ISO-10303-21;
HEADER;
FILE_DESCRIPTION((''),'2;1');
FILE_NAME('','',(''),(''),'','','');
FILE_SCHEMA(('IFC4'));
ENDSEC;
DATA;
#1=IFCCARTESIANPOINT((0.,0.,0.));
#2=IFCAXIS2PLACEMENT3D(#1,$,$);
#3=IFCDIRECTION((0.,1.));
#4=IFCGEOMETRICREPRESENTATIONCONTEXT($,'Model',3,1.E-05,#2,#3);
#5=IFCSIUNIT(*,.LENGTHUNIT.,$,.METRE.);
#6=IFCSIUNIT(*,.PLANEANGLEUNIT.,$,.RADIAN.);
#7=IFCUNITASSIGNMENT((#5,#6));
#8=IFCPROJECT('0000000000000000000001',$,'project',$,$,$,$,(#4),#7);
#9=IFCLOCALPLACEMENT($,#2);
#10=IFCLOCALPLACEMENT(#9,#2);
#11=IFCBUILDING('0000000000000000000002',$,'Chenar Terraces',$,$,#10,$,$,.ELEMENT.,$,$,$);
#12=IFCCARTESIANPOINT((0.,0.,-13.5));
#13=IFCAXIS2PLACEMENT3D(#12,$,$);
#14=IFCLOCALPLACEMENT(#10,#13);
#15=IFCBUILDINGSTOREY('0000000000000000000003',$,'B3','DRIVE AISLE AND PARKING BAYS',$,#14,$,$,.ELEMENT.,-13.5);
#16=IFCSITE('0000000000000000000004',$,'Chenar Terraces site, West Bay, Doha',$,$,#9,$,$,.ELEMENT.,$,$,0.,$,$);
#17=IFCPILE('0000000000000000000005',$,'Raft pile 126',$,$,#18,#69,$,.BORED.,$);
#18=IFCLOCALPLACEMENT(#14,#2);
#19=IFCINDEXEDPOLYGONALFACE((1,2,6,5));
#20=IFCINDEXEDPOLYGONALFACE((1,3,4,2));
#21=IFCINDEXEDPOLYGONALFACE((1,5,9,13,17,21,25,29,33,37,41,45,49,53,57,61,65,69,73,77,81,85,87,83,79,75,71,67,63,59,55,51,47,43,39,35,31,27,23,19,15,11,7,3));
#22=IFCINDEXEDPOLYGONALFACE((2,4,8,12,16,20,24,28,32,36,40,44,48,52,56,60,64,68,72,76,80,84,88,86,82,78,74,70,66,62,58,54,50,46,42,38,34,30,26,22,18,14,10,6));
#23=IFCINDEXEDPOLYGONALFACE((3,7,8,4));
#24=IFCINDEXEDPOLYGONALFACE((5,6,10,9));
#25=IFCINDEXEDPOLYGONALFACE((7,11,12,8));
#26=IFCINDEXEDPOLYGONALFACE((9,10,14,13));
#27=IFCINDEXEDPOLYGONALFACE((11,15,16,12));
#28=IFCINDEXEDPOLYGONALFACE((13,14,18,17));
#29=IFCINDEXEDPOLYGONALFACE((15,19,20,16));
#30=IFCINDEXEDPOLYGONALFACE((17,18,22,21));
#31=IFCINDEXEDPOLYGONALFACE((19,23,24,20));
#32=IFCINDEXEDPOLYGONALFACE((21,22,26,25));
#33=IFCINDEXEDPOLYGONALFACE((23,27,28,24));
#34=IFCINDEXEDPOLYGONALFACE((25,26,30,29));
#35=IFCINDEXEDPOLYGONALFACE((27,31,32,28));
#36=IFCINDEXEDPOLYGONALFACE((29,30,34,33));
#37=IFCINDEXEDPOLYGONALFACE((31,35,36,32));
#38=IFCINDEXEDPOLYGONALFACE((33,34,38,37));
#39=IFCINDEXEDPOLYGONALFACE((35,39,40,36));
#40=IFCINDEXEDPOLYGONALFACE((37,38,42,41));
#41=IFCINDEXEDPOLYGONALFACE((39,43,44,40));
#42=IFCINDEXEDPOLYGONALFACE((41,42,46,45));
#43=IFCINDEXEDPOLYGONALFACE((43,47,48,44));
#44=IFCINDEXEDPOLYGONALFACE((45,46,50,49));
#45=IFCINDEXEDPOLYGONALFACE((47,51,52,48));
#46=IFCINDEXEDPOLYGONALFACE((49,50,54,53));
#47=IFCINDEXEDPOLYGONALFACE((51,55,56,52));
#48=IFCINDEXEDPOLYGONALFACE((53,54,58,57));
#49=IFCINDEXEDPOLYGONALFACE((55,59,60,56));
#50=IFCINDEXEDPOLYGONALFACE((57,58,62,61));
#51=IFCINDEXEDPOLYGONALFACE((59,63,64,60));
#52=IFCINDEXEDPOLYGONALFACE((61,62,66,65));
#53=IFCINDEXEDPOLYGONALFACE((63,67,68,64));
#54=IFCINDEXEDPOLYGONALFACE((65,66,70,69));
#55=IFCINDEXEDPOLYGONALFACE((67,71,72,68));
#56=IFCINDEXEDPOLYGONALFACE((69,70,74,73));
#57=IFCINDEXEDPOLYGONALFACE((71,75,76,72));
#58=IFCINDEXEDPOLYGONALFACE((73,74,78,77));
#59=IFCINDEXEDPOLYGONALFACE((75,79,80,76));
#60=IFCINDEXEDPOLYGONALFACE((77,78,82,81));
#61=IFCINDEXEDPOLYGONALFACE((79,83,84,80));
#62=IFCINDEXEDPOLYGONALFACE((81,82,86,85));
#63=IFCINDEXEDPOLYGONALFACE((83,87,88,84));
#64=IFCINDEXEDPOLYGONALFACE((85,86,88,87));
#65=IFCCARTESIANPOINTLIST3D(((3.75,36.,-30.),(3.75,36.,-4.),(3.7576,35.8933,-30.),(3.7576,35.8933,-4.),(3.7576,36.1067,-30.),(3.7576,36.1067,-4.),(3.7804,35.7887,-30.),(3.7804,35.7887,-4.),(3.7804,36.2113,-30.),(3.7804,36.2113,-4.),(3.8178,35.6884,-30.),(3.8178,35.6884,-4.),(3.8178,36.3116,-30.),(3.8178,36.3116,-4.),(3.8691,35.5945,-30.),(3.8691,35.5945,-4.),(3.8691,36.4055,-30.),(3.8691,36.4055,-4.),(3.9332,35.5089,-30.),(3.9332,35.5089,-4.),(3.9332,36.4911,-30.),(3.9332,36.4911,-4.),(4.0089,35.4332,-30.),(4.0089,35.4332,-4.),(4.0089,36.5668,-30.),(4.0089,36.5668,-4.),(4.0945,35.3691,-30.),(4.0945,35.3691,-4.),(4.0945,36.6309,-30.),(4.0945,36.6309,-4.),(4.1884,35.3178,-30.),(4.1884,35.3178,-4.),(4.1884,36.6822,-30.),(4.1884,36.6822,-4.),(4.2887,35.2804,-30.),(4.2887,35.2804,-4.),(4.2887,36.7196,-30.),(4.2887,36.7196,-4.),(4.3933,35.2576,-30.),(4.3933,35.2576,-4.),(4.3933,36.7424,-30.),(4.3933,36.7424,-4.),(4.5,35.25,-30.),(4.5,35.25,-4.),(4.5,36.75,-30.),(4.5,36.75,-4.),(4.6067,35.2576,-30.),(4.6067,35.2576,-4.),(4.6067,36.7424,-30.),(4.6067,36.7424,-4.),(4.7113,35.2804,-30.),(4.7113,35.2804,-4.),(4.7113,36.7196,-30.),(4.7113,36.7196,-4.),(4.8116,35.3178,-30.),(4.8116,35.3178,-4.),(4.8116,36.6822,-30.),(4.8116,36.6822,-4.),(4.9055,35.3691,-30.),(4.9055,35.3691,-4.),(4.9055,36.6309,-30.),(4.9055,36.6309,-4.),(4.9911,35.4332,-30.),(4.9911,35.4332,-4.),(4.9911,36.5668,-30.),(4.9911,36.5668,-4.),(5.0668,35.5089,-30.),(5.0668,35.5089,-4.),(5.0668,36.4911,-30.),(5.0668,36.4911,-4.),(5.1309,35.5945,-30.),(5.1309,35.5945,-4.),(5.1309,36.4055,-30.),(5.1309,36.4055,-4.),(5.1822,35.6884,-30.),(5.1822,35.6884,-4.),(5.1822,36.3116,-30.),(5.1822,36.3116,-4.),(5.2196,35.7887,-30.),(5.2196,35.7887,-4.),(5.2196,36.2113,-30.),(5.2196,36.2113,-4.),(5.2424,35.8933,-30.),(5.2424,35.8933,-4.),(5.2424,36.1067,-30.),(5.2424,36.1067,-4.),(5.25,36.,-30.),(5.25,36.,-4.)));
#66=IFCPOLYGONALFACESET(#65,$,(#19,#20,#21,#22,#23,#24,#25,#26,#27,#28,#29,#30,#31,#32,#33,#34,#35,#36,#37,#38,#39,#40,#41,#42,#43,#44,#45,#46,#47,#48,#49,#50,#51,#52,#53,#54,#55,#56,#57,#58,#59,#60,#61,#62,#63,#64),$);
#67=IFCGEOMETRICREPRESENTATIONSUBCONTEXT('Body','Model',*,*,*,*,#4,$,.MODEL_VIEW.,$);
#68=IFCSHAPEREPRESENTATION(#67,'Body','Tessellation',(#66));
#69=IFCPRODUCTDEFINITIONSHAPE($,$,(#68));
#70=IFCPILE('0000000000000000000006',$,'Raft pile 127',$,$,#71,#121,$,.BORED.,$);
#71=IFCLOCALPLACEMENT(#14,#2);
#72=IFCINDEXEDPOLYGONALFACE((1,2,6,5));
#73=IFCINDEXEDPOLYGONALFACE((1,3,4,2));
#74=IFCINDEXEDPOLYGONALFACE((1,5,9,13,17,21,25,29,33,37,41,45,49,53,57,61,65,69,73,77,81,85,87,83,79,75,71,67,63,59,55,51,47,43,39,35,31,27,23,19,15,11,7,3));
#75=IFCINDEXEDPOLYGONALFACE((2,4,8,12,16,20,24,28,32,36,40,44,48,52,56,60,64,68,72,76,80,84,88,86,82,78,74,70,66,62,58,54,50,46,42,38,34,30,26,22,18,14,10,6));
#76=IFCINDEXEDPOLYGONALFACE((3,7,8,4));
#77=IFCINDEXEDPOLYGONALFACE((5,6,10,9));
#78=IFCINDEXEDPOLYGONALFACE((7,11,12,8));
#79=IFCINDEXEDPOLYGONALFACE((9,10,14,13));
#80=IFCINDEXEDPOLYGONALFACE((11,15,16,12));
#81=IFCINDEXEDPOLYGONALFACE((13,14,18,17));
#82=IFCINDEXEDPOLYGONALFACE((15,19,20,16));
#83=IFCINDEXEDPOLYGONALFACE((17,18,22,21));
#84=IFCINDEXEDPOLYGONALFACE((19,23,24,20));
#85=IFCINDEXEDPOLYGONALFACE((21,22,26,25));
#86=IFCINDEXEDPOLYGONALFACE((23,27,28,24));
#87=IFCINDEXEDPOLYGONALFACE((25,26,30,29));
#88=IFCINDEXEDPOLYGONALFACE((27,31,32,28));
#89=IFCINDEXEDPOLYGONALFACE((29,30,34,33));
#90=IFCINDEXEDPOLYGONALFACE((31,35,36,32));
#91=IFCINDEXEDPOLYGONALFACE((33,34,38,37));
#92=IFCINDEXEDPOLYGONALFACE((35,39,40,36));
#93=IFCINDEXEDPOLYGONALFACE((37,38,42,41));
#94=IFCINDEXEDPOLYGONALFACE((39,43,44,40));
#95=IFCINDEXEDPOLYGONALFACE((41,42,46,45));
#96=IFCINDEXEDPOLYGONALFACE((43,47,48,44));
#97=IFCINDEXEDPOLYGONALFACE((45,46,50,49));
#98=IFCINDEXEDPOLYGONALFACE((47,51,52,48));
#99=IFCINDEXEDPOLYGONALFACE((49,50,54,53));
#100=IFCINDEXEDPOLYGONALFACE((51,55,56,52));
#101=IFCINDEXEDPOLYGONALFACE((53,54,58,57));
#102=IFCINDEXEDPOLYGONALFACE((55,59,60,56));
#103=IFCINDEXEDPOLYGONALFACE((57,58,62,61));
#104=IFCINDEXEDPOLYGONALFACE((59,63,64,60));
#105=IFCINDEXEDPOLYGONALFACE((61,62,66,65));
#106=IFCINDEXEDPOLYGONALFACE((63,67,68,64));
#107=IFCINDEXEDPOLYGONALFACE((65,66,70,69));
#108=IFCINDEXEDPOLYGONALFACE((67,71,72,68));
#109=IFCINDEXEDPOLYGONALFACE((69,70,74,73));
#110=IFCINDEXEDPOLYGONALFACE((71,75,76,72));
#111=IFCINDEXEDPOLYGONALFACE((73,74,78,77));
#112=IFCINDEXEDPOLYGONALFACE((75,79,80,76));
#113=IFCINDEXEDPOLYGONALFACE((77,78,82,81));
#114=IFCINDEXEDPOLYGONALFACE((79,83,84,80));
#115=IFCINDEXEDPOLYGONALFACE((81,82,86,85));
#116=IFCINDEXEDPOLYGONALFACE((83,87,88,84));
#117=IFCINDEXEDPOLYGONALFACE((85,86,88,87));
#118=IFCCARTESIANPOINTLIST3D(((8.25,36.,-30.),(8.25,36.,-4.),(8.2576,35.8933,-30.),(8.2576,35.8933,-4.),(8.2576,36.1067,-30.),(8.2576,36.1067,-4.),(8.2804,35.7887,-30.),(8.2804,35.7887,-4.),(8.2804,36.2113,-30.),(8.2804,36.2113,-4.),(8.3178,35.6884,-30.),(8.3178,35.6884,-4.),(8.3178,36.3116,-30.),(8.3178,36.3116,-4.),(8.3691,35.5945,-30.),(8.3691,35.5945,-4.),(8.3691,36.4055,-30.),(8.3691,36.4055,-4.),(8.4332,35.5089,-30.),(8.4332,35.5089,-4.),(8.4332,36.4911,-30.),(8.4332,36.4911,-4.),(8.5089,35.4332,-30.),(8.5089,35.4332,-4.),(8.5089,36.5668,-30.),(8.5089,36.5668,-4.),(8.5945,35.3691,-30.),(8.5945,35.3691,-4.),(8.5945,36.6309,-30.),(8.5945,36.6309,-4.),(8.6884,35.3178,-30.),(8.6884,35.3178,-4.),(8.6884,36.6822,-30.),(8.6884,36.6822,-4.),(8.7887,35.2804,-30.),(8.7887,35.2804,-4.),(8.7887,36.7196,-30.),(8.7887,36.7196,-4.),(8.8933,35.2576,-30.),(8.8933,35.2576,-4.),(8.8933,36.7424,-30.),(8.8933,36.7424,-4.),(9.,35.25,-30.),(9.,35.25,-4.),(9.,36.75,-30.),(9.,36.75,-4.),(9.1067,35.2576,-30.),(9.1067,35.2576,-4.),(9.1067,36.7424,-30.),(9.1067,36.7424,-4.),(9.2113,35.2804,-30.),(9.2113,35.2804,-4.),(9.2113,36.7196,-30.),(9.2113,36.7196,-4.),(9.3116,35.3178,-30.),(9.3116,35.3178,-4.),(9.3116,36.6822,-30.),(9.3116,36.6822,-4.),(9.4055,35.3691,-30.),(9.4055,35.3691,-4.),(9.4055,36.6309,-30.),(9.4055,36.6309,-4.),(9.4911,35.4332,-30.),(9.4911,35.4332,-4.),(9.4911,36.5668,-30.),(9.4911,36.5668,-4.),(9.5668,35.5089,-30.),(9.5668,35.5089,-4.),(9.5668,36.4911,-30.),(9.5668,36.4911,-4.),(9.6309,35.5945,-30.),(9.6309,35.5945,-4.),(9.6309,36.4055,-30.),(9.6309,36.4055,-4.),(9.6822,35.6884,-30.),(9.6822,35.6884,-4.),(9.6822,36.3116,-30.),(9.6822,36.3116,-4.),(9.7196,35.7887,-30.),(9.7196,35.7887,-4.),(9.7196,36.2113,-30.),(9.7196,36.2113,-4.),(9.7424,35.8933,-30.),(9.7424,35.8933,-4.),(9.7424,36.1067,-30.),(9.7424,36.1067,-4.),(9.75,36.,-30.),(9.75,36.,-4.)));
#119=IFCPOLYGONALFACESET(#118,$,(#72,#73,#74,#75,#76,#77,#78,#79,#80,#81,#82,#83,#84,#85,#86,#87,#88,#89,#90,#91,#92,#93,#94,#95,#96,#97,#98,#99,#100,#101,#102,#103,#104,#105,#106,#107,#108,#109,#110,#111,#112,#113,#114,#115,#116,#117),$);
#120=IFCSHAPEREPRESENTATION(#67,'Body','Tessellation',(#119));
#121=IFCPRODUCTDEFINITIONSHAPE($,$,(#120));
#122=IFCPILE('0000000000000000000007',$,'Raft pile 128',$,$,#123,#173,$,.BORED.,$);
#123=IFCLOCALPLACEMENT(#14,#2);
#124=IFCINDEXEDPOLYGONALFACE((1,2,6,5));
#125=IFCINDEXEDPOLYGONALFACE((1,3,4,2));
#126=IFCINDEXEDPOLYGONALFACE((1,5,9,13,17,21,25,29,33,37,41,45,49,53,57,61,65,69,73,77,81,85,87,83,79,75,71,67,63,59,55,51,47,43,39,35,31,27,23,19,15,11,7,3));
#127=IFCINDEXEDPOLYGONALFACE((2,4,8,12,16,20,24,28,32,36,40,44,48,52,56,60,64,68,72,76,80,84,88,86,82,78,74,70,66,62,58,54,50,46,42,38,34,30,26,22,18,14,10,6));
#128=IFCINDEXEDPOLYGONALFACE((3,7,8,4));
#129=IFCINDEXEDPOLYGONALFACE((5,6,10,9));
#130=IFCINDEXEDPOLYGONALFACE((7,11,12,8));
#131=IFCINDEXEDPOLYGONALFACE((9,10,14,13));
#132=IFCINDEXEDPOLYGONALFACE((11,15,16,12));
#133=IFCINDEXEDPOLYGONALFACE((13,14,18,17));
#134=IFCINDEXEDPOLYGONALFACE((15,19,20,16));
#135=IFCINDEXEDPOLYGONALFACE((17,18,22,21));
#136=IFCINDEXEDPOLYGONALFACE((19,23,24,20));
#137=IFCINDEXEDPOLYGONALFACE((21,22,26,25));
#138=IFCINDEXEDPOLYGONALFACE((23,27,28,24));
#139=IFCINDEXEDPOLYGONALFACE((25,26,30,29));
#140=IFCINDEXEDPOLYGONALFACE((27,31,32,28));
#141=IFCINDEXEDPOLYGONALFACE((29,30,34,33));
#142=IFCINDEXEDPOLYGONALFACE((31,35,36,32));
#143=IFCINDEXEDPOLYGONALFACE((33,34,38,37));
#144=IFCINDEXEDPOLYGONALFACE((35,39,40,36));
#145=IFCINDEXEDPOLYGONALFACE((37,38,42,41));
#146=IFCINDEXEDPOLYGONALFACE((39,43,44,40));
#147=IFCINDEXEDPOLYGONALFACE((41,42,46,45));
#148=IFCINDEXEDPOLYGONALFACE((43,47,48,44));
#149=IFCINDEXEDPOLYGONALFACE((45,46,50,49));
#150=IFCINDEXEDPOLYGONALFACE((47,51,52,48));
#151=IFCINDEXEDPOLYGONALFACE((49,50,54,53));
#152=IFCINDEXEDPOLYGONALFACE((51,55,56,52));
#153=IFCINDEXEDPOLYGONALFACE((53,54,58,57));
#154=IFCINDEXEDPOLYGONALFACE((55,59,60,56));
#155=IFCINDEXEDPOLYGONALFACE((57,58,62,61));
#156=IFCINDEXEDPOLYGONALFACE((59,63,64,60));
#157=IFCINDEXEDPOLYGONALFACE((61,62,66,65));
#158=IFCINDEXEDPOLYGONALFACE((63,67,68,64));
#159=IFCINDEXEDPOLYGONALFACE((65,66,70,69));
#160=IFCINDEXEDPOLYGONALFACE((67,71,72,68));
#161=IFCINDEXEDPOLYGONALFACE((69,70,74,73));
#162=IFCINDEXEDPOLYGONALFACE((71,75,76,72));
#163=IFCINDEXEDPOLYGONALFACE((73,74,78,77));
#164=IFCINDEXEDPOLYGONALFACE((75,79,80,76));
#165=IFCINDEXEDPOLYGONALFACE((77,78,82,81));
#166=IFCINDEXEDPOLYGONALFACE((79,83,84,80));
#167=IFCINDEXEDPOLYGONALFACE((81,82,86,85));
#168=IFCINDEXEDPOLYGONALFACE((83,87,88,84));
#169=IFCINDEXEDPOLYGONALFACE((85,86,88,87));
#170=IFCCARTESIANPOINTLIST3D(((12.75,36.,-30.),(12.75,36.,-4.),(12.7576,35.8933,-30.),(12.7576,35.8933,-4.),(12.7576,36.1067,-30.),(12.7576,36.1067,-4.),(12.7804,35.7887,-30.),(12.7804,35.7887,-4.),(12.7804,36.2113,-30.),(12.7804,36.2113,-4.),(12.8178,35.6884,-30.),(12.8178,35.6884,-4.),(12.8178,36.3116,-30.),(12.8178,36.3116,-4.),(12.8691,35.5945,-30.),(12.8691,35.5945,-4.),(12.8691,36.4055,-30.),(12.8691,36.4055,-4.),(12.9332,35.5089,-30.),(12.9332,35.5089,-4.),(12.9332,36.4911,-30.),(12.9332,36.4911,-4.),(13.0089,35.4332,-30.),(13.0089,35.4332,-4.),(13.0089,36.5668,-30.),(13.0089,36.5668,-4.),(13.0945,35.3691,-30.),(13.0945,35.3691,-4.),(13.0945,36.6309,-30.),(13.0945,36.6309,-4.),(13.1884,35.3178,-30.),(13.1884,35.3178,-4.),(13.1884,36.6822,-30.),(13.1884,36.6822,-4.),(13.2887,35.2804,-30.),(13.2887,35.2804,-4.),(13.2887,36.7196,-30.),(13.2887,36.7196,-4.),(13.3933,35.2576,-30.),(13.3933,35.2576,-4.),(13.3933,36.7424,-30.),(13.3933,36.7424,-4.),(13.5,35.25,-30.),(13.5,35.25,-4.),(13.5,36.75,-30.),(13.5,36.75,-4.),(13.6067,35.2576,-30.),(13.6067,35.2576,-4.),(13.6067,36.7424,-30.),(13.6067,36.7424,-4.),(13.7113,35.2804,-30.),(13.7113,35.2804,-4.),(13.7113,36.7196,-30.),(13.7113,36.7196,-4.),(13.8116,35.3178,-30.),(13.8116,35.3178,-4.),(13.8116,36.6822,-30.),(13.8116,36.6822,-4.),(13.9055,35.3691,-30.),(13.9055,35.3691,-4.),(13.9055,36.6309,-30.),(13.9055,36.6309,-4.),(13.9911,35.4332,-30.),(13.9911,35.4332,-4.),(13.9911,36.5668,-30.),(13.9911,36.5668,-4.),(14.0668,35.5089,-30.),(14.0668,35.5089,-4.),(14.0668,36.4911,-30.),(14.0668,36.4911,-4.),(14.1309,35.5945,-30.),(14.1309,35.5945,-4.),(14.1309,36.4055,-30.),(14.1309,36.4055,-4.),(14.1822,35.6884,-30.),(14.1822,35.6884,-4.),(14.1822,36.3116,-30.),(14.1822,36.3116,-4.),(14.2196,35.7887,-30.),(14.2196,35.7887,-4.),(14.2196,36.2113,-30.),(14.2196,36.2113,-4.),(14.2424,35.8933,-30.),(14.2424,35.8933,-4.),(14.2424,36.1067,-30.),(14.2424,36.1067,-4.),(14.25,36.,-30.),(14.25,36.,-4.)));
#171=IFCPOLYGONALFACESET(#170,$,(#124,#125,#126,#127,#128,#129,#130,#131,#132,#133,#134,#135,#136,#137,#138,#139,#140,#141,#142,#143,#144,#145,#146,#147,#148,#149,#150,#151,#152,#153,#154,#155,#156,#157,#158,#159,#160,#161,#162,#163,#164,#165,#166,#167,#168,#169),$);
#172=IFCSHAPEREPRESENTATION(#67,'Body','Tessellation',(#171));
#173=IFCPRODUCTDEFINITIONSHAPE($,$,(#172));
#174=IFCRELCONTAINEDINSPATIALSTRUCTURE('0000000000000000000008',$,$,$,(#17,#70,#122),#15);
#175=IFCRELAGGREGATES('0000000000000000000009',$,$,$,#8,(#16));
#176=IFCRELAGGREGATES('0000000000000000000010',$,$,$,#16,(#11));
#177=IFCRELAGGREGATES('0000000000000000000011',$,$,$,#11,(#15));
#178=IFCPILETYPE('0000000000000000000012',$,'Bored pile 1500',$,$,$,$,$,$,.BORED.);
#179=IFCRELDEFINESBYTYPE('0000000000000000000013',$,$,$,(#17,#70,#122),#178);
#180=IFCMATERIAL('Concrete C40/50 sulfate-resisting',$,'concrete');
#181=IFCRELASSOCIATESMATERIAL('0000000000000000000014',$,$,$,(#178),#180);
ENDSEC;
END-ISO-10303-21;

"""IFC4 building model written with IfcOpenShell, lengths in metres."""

from ifc_helpers import new_model, si_unit, direction, frame, origin, origin_2d, place, context, subcontext, project, spatial, circle, extrude, material, material_profile, profile_set, type_object, element, save


model = new_model("IFC4")

# Units and contexts
model_context = context("Model", 3, precision=1e-05, world=origin(), true_north=direction((0.0, 1.0)))
body_context = subcontext(model_context, "Body", "Model", "MODEL_VIEW")
ifc_project = project(units=[si_unit("LENGTHUNIT", "METRE"), si_unit("PLANEANGLEUNIT", "RADIAN")], contexts=[model_context])

# Site, building, storey
site_placement = place(None, origin())
site = spatial("IfcSite", under=ifc_project, at=site_placement, Name="Chenar Terraces site, West Bay, Doha", CompositionType="ELEMENT", RefElevation=0.0)
building_placement = place(site_placement, origin())
building = spatial("IfcBuilding", under=site, at=building_placement, Name="Chenar Terraces", CompositionType="ELEMENT")
storey_placement = place(building_placement, frame((0.0, 0.0, -13.5)))
storey = spatial("IfcBuildingStorey", under=building, at=storey_placement, Name="B3", Description="DRIVE AISLE AND PARKING BAYS", CompositionType="ELEMENT", Elevation=-13.5)

# Piles
ifc_material_1 = material(Name="Concrete C40/50 sulfate-resisting", Category="concrete")
ifc_material_profile_1 = material_profile(ifc_material_1, circle(Radius=0.75, at=origin_2d()), Name="BP 1500")
ifc_profile_set_1 = profile_set([ifc_material_profile_1], Name="Concrete C40/50 sulfate-resisting")
pile_type = type_object("IfcPileType", Name="Bored pile 1500", PredefinedType="BORED", material=ifc_profile_set_1)
for number, where, z_axis, x_axis, name in (
    (1, (4.5, 36.0, -4.0), (0.0, 0.0, -1.0), (1.0, 0.0, 0.0), "Raft pile 126"),
    (2, (9.0, 36.0, -4.0), (0.0, 0.0, -1.0), (1.0, 0.0, 0.0), "Raft pile 127"),
    (3, (13.5, 36.0, -4.0), (0.0, 0.0, -1.0), (1.0, 0.0, 0.0), "Raft pile 128"),
):
    element("IfcPile", number, at=place(storey_placement, frame(where, z_axis=z_axis, x_axis=x_axis)), inside=storey, type_object=pile_type, Name=name, PredefinedType="BORED", context=body_context, shape_type="SweptSolid", body=[
        extrude(circle(Radius=0.75, at=origin_2d()), origin(), (0.0, 0.0, 1.0), 26.0),
    ])

save(model, "model.ifc")
